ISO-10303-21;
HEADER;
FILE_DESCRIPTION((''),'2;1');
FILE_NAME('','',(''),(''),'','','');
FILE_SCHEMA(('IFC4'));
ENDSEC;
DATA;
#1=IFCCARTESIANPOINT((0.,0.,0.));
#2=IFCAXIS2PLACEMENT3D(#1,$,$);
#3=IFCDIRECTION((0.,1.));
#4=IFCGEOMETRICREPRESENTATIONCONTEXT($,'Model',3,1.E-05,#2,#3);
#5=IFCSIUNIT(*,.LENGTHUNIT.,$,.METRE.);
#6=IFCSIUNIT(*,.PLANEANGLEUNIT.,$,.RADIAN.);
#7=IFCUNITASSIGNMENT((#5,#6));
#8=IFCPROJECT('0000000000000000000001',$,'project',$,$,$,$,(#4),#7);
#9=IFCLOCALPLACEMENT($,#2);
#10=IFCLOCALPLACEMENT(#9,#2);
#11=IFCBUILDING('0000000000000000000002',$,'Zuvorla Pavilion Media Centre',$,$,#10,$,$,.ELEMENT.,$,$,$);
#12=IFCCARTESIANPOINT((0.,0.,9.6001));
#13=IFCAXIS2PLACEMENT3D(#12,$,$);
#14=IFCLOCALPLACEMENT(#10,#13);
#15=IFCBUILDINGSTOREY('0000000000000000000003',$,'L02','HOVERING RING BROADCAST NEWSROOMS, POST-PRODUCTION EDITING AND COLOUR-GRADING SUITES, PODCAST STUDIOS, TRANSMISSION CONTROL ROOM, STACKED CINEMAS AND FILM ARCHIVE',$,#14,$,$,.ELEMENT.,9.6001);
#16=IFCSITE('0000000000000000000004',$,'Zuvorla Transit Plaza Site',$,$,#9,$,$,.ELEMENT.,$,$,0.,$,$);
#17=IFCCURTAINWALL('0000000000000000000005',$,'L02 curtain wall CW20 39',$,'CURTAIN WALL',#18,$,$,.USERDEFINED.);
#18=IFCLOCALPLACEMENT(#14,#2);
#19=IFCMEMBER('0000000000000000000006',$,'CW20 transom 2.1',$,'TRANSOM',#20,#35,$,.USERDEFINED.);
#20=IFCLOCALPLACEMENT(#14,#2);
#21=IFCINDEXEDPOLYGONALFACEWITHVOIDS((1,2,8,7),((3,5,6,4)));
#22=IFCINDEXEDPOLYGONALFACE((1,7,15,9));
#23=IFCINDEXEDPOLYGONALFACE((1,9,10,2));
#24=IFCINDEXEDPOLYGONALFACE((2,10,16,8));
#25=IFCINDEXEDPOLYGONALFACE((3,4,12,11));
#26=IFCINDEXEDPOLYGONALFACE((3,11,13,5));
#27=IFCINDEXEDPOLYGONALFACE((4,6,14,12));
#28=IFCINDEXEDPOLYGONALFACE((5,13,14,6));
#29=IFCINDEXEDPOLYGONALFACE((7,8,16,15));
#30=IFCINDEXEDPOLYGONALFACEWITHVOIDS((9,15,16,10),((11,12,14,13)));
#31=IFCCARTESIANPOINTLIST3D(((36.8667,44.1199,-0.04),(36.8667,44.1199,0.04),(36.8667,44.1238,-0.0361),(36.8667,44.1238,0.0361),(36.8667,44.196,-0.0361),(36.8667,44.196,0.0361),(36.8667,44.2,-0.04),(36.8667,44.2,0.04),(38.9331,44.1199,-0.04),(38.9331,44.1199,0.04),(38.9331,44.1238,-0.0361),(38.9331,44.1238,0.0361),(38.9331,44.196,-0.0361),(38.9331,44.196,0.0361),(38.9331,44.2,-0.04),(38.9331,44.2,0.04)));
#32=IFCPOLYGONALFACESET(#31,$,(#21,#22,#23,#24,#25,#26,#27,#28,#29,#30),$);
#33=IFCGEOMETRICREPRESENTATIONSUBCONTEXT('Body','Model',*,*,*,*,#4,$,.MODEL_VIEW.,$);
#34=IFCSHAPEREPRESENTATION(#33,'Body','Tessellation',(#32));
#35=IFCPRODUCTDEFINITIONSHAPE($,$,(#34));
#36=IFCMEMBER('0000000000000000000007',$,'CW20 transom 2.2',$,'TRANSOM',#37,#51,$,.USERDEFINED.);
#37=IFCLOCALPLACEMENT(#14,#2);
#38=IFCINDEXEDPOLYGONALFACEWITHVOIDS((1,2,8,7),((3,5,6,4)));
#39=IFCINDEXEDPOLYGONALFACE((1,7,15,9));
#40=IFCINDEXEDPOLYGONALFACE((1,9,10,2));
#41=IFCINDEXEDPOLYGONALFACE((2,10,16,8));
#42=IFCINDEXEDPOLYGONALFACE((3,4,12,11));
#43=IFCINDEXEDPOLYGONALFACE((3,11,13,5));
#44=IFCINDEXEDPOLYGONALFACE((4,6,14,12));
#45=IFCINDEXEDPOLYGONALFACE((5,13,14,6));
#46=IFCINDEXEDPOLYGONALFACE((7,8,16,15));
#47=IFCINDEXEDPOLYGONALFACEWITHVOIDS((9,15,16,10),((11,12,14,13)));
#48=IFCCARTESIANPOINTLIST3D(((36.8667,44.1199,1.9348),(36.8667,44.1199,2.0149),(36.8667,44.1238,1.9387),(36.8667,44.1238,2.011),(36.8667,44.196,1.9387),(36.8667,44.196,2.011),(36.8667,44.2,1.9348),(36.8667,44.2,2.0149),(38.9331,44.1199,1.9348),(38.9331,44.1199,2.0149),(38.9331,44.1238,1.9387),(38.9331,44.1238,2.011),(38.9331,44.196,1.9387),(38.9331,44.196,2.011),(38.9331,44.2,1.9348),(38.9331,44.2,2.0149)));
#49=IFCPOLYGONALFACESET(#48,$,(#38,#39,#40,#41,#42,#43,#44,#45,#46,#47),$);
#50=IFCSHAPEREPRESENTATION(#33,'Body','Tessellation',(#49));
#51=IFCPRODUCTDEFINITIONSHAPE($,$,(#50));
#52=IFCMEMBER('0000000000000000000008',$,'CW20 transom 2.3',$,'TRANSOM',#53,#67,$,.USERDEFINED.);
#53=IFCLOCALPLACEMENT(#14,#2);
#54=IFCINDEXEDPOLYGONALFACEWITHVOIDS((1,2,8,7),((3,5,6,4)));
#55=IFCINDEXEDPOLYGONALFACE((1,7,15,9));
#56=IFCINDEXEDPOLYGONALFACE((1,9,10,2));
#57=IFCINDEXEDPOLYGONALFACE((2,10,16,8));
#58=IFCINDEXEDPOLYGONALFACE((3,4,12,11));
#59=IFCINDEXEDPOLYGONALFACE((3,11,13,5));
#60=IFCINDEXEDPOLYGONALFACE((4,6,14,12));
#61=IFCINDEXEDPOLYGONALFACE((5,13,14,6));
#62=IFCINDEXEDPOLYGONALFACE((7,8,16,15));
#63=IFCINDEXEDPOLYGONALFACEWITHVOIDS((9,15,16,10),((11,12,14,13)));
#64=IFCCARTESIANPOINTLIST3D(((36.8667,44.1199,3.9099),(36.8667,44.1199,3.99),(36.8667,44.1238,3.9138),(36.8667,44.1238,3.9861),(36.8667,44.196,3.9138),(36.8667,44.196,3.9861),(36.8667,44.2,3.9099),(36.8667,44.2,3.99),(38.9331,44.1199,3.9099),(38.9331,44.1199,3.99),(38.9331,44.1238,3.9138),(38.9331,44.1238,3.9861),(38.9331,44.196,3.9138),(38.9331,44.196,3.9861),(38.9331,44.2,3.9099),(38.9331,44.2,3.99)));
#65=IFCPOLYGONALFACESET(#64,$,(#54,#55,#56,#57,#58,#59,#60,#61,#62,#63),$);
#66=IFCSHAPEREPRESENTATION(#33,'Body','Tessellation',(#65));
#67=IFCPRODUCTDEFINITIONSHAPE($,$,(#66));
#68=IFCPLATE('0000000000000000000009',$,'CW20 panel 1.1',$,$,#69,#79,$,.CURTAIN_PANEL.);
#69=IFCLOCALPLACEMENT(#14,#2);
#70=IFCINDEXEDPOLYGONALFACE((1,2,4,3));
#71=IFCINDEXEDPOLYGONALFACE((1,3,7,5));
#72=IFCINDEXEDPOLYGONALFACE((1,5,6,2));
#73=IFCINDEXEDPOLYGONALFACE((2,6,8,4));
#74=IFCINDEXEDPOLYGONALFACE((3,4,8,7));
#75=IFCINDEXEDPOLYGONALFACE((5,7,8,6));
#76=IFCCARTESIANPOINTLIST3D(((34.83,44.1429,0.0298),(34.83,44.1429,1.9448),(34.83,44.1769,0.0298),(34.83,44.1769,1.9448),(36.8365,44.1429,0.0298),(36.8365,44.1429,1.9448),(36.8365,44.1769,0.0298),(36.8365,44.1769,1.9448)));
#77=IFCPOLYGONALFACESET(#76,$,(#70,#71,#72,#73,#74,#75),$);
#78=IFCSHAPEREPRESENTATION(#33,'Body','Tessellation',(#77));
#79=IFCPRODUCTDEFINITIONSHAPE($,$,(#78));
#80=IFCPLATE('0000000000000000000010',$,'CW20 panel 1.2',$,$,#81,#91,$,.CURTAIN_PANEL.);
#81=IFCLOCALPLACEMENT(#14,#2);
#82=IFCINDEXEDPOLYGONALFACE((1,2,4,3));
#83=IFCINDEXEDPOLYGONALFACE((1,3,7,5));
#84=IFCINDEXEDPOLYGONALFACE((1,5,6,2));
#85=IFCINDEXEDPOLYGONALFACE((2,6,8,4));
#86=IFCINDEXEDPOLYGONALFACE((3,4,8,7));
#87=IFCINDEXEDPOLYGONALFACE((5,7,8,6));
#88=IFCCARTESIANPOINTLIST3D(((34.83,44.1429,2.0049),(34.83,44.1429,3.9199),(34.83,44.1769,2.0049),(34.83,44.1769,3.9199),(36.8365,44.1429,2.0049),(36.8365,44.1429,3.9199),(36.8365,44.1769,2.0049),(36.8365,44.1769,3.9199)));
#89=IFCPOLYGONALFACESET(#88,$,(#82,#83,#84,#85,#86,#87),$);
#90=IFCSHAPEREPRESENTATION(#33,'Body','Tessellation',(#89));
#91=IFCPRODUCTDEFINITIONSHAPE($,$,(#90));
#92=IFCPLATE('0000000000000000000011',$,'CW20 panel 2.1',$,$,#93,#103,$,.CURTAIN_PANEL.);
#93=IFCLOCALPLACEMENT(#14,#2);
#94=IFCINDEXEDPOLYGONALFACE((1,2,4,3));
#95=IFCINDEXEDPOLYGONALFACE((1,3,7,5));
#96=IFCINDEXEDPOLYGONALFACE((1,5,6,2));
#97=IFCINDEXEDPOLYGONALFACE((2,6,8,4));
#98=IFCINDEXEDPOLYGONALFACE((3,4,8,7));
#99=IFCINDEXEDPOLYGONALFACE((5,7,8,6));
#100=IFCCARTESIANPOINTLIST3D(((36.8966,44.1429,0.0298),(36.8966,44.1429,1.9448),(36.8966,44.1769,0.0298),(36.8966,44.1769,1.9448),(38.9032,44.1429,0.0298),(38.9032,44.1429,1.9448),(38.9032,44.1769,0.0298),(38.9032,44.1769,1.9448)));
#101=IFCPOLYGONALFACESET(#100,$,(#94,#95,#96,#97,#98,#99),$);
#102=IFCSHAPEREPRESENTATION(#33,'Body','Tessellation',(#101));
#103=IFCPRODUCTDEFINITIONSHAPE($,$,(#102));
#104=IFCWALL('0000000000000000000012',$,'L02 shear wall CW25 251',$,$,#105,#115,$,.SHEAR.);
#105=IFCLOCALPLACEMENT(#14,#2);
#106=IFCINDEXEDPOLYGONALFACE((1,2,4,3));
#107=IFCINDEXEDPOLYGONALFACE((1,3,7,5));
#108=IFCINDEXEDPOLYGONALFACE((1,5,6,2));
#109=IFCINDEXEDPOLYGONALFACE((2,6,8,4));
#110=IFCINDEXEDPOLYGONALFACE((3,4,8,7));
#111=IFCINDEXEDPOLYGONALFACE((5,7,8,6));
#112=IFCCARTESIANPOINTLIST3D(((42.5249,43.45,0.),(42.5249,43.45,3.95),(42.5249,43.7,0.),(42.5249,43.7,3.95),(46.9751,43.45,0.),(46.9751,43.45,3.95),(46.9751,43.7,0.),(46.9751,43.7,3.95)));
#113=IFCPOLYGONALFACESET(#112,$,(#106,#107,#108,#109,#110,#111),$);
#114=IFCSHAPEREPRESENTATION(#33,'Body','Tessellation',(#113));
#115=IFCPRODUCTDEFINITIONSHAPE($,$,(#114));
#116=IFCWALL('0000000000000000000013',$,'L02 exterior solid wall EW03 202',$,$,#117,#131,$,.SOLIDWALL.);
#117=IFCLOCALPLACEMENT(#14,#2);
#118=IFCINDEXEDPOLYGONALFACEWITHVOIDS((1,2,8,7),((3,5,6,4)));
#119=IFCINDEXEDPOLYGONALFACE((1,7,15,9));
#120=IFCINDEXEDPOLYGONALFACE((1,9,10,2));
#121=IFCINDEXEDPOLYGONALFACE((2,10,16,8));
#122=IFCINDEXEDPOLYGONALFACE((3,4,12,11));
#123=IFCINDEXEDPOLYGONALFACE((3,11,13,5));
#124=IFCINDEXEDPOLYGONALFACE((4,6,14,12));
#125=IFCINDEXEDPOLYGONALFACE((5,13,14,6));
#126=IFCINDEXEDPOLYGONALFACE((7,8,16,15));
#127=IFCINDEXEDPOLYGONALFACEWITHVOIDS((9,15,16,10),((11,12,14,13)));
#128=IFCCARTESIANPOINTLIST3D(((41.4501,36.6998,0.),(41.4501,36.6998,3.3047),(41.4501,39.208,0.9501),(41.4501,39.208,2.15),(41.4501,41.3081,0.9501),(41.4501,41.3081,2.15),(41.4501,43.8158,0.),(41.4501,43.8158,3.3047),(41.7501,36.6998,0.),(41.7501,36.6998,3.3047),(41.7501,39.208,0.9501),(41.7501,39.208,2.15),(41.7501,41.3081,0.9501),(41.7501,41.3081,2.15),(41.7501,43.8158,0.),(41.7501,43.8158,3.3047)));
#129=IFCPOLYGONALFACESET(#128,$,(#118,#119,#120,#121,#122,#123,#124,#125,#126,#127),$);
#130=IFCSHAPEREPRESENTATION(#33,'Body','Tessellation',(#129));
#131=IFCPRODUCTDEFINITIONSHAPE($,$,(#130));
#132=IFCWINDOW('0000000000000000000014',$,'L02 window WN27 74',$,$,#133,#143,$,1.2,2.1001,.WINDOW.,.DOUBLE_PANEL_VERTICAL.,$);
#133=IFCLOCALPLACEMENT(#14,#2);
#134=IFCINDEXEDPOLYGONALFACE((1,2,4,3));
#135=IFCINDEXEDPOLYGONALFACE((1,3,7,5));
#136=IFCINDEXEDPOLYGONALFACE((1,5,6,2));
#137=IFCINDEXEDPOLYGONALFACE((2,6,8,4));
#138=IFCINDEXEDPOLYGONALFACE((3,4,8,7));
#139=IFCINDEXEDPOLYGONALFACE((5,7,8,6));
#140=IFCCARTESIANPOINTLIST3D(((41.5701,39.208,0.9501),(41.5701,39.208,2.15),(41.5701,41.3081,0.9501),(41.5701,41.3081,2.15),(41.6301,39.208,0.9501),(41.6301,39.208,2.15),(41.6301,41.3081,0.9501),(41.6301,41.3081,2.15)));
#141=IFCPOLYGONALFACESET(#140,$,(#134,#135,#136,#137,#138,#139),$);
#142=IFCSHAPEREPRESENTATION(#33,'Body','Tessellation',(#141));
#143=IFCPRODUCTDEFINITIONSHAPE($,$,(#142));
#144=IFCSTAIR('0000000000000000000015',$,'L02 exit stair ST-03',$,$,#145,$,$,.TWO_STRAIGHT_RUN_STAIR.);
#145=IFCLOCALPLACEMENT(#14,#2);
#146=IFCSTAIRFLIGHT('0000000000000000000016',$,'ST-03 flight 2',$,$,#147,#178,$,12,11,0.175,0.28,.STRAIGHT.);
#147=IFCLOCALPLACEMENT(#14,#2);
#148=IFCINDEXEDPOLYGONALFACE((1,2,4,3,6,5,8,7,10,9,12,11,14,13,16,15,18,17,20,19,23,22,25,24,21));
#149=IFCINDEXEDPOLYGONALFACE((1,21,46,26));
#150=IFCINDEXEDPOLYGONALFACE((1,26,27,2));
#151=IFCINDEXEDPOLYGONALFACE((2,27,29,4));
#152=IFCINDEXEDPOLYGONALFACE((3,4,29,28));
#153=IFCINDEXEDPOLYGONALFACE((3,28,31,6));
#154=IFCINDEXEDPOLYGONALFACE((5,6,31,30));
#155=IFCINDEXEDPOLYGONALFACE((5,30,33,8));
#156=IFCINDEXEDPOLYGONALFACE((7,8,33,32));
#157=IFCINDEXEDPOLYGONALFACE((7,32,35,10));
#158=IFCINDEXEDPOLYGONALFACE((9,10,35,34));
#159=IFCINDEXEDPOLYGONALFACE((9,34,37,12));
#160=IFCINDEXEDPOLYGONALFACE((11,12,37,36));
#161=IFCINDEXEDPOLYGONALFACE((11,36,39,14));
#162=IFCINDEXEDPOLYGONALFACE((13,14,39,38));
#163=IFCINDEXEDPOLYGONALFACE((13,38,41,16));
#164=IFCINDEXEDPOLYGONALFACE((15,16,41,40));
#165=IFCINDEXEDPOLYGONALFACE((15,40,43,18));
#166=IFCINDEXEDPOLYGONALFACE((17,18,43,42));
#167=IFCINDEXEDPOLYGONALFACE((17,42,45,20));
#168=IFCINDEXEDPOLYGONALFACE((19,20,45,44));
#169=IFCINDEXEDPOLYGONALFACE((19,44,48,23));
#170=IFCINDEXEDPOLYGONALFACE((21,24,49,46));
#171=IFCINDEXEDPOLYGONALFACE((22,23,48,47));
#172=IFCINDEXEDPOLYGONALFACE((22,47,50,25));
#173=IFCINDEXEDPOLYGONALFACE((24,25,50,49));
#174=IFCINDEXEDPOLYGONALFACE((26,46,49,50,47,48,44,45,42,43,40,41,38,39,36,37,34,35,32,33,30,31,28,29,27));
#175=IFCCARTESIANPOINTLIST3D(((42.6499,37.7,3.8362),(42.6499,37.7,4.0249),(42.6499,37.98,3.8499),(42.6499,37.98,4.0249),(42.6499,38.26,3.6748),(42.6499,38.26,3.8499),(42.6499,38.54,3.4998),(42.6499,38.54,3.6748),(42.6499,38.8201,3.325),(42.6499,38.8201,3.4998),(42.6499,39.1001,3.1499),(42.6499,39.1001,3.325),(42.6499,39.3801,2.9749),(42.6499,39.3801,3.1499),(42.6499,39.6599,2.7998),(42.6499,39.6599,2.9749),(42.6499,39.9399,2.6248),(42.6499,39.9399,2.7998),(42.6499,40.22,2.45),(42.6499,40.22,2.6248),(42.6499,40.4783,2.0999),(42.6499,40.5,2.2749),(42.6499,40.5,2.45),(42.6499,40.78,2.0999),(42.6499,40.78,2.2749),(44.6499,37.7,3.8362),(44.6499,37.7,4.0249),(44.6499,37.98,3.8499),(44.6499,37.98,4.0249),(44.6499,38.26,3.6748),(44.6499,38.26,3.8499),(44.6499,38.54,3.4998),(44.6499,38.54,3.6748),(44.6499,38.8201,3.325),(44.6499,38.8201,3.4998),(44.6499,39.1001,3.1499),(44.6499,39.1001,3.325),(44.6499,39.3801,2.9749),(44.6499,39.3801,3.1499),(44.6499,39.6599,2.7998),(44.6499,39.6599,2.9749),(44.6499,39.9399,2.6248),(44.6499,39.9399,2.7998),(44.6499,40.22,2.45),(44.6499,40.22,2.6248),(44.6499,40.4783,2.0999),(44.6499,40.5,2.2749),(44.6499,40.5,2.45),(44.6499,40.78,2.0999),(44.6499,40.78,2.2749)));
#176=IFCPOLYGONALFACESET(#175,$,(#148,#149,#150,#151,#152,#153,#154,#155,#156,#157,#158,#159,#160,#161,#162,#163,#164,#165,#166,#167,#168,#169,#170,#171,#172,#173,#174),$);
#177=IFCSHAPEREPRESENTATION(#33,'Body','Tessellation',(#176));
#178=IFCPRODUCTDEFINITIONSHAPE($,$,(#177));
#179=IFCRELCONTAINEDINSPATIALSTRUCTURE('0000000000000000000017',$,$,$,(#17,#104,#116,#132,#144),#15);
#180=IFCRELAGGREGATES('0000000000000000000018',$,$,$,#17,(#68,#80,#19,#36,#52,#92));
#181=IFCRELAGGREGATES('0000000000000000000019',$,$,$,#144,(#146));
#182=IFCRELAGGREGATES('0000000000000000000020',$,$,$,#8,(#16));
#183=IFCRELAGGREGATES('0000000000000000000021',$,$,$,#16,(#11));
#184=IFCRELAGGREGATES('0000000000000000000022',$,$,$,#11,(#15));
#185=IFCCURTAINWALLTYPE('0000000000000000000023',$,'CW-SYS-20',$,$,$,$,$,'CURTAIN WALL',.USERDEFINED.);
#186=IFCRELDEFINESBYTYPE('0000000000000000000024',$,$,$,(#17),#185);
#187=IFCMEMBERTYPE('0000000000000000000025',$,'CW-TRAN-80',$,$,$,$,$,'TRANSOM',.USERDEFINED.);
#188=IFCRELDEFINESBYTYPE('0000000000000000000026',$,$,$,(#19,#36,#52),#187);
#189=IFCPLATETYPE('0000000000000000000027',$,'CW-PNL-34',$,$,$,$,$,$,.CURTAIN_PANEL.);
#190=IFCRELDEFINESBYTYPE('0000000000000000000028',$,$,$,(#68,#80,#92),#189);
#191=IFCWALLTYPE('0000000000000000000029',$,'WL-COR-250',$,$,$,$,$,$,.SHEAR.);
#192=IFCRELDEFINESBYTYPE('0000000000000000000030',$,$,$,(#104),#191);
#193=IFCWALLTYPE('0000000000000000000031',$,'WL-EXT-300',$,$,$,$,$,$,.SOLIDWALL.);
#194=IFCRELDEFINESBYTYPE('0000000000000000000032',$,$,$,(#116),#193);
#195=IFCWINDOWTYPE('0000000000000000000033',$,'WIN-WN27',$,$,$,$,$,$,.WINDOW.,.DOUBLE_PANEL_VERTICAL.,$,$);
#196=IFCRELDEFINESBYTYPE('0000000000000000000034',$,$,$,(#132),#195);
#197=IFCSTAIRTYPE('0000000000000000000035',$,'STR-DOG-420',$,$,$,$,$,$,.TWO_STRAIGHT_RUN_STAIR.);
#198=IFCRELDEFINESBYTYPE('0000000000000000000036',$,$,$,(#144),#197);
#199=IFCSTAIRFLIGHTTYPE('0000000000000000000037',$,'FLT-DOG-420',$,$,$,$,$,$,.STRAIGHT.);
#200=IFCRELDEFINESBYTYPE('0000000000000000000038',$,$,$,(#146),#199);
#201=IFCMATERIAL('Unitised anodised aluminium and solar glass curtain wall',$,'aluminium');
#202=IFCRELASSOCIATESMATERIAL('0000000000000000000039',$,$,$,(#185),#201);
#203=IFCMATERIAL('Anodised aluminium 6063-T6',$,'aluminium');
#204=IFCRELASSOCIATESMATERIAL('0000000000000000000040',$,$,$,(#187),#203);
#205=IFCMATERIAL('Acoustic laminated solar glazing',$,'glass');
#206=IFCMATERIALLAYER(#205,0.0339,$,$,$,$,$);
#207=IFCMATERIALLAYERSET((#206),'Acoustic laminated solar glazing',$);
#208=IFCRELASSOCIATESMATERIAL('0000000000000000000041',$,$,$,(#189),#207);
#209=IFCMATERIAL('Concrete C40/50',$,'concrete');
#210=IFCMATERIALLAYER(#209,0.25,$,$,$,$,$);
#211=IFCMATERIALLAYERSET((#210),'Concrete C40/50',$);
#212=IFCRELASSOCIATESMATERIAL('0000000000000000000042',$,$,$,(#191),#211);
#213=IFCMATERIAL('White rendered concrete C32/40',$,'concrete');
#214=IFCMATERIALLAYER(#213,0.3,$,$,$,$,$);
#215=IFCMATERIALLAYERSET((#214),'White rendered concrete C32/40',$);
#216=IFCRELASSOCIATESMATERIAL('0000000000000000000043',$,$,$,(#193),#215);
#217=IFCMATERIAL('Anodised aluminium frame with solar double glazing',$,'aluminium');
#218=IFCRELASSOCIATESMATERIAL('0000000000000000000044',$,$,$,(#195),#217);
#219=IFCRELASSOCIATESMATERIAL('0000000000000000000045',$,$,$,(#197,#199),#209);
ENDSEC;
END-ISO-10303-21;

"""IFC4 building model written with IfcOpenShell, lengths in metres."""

from ifc_helpers import new_model, si_unit, direction, frame, frame_2d, origin, origin_2d, place, context, subcontext, project, spatial, polyline, rectangle, hollow_rectangle, outline, extrude, material, layer, layer_set, material_profile, profile_set, type_object, element, fill, aggregate, save


model = new_model("IFC4")

# Units and contexts
model_context = context("Model", 3, precision=1e-05, world=origin(), true_north=direction((0.0, 1.0)))
body_context = subcontext(model_context, "Body", "Model", "MODEL_VIEW")
ifc_project = project(units=[si_unit("LENGTHUNIT", "METRE"), si_unit("PLANEANGLEUNIT", "RADIAN")], contexts=[model_context])

# Site, building, storey
site_placement = place(None, origin())
site = spatial("IfcSite", under=ifc_project, at=site_placement, Name="Zuvorla Transit Plaza Site", CompositionType="ELEMENT", RefElevation=0.0)
building_placement = place(site_placement, origin())
building = spatial("IfcBuilding", under=site, at=building_placement, Name="Zuvorla Pavilion Media Centre", CompositionType="ELEMENT")
storey_placement = place(building_placement, frame((0.0, 0.0, 9.6001)))
storey = spatial("IfcBuildingStorey", under=building, at=storey_placement, Name="L02", Description="HOVERING RING BROADCAST NEWSROOMS, POST-PRODUCTION EDITING AND COLOUR-GRADING SUITES, PODCAST STUDIOS, TRANSMISSION CONTROL ROOM, STACKED CINEMAS AND FILM ARCHIVE", CompositionType="ELEMENT", Elevation=9.6001)

# Shared definitions
ifc_material_1 = material(Name="Concrete C40/50", Category="concrete")

# Curtain wall, members, plates
ifc_material_2 = material(Name="Unitised anodised aluminium and solar glass curtain wall", Category="aluminium")
curtain_wall_type = type_object("IfcCurtainWallType", Name="CW-SYS-20", ElementType="CURTAIN WALL", PredefinedType="USERDEFINED", material=ifc_material_2)
curtain_wall_placement = place(storey_placement, origin())
curtain_wall = element("IfcCurtainWall", 1, at=curtain_wall_placement, inside=storey, type_object=curtain_wall_type, Name="L02 curtain wall CW20 39", ObjectType="CURTAIN WALL", PredefinedType="USERDEFINED")
ifc_material_3 = material(Name="Anodised aluminium 6063-T6", Category="aluminium")
ifc_material_profile_1 = material_profile(ifc_material_3, hollow_rectangle(XDim=0.0801, YDim=0.0801, WallThickness=0.0039, at=origin_2d()), Name="ALU TRAN 80x80")
ifc_profile_set_1 = profile_set([ifc_material_profile_1], Name="Anodised aluminium 6063-T6")
member_type_1 = type_object("IfcMemberType", Name="CW-TRAN-80", ElementType="TRANSOM", PredefinedType="USERDEFINED", material=ifc_profile_set_1)
member_1_placement = place(storey_placement, frame((36.8667, 44.1599, 0.0), z_axis=(1.0, 0.0, 0.0), x_axis=(0.0, 1.0, 0.0)))
member_1 = element("IfcMember", 2, at=member_1_placement, type_object=member_type_1, Name="CW20 transom 2.1", ObjectType="TRANSOM", PredefinedType="USERDEFINED", context=body_context, shape_type="SweptSolid", body=[
    extrude(hollow_rectangle(XDim=0.0801, YDim=0.0801, WallThickness=0.0039, at=origin_2d()), origin(), (0.0, 0.0, 1.0), 2.0664),
])
member_2_placement = place(storey_placement, frame((36.8667, 44.1599, 1.9749), z_axis=(1.0, 0.0, 0.0), x_axis=(0.0, 1.0, 0.0)))
member_2 = element("IfcMember", 3, at=member_2_placement, type_object=member_type_1, Name="CW20 transom 2.2", ObjectType="TRANSOM", PredefinedType="USERDEFINED", context=body_context, shape_type="SweptSolid", body=[
    extrude(hollow_rectangle(XDim=0.0801, YDim=0.0801, WallThickness=0.0039, at=origin_2d()), origin(), (0.0, 0.0, 1.0), 2.0664),
])
member_3_placement = place(storey_placement, frame((36.8667, 44.1599, 3.95), z_axis=(1.0, 0.0, 0.0), x_axis=(0.0, 1.0, 0.0)))
member_3 = element("IfcMember", 4, at=member_3_placement, type_object=member_type_1, Name="CW20 transom 2.3", ObjectType="TRANSOM", PredefinedType="USERDEFINED", context=body_context, shape_type="SweptSolid", body=[
    extrude(hollow_rectangle(XDim=0.0801, YDim=0.0801, WallThickness=0.0039, at=origin_2d()), origin(), (0.0, 0.0, 1.0), 2.0664),
])
ifc_material_4 = material(Name="Acoustic laminated solar glazing", Category="glass")
ifc_layer_1 = layer(ifc_material_4, 0.0339)
ifc_layer_set_1 = layer_set([ifc_layer_1], Name="Acoustic laminated solar glazing")
plate_type = type_object("IfcPlateType", Name="CW-PNL-34", PredefinedType="CURTAIN_PANEL", material=ifc_layer_set_1)
plate_1_placement = place(storey_placement, frame((35.8333, 44.1599, 0.0298), z_axis=(0.0, 0.0, 1.0), x_axis=(1.0, 0.0, 0.0)))
plate_1 = element("IfcPlate", 5, at=plate_1_placement, type_object=plate_type, Name="CW20 panel 1.1", PredefinedType="CURTAIN_PANEL", context=body_context, shape_type="SweptSolid", body=[
    extrude(rectangle(XDim=2.0066, YDim=0.0339, at=origin_2d()), origin(), (0.0, 0.0, 1.0), 1.915),
])
plate_2_placement = place(storey_placement, frame((35.8333, 44.1599, 2.0049), z_axis=(0.0, 0.0, 1.0), x_axis=(1.0, 0.0, 0.0)))
plate_2 = element("IfcPlate", 6, at=plate_2_placement, type_object=plate_type, Name="CW20 panel 1.2", PredefinedType="CURTAIN_PANEL", context=body_context, shape_type="SweptSolid", body=[
    extrude(rectangle(XDim=2.0066, YDim=0.0339, at=origin_2d()), origin(), (0.0, 0.0, 1.0), 1.915),
])
plate_3_placement = place(storey_placement, frame((37.8999, 44.1599, 0.0298), z_axis=(0.0, 0.0, 1.0), x_axis=(1.0, 0.0, 0.0)))
plate_3 = element("IfcPlate", 7, at=plate_3_placement, type_object=plate_type, Name="CW20 panel 2.1", PredefinedType="CURTAIN_PANEL", context=body_context, shape_type="SweptSolid", body=[
    extrude(rectangle(XDim=2.0066, YDim=0.0339, at=origin_2d()), origin(), (0.0, 0.0, 1.0), 1.915),
])
aggregate(curtain_wall, [plate_1, plate_2, member_1, member_2, member_3, plate_3])

# Wall
ifc_layer_2 = layer(ifc_material_1, 0.25)
ifc_layer_set_2 = layer_set([ifc_layer_2], Name="Concrete C40/50")
wall_type_1 = type_object("IfcWallType", Name="WL-COR-250", PredefinedType="SHEAR", material=ifc_layer_set_2)
wall_1_placement = place(storey_placement, frame((42.5249, 43.575, 0.0), z_axis=(0.0, 0.0, 1.0), x_axis=(1.0, 0.0, 0.0)))
element("IfcWall", 8, at=wall_1_placement, inside=storey, type_object=wall_type_1, Name="L02 shear wall CW25 251", PredefinedType="SHEAR", context=body_context, shape_type="SweptSolid", body=[
    extrude(rectangle(XDim=4.4502, YDim=0.25, at=frame_2d((2.2251, 0.0))), origin(), (0.0, 0.0, 1.0), 3.95),
])

# Wall, opening, window
ifc_material_5 = material(Name="White rendered concrete C32/40", Category="concrete")
ifc_layer_3 = layer(ifc_material_5, 0.3)
ifc_layer_set_3 = layer_set([ifc_layer_3], Name="White rendered concrete C32/40")
wall_type_2 = type_object("IfcWallType", Name="WL-EXT-300", PredefinedType="SOLIDWALL", material=ifc_layer_set_3)
wall_2_placement = place(storey_placement, frame((41.6001, 43.8159, 0.0), z_axis=(0.0, 0.0, 1.0), x_axis=(0.0, -1.0, 0.0)))
wall_2 = element("IfcWall", 9, at=wall_2_placement, inside=storey, type_object=wall_type_2, Name="L02 exterior solid wall EW03 202", PredefinedType="SOLIDWALL", context=body_context, shape_type="SweptSolid", body=[
    extrude(rectangle(XDim=7.116, YDim=0.3, at=frame_2d((3.5581, 0.0))), origin(), (0.0, 0.0, 1.0), 3.3047),
])
opening_placement = place(wall_2_placement, frame((2.5078, 0.0, 0.95)))
opening = element("IfcOpeningElement", 10, at=opening_placement, cuts=wall_2, PredefinedType="OPENING", context=body_context, shape_type="SweptSolid", body=[
    extrude(rectangle(XDim=2.1001, YDim=1.2, at=frame_2d((1.05, 0.6001))), frame((0.0, 0.1599, 0.0), z_axis=(0.0, -1.0, 0.0), x_axis=(1.0, 0.0, 0.0)), (0.0, 0.0, 1.0), 0.3201),
])
ifc_material_6 = material(Name="Anodised aluminium frame with solar double glazing", Category="aluminium")
window_type = type_object("IfcWindowType", Name="WIN-WN27", PartitioningType="DOUBLE_PANEL_VERTICAL", PredefinedType="WINDOW", material=ifc_material_6)
window_placement = place(opening_placement, origin())
window = element("IfcWindow", 11, at=window_placement, inside=storey, type_object=window_type, Name="L02 window WN27 74", OverallHeight=1.2, OverallWidth=2.1001, PartitioningType="DOUBLE_PANEL_VERTICAL", PredefinedType="WINDOW", context=body_context, shape_type="SweptSolid", body=[
    extrude(rectangle(XDim=2.1001, YDim=1.2, at=frame_2d((1.05, 0.6001))), frame((0.0, 0.03, 0.0), z_axis=(0.0, -1.0, 0.0), x_axis=(1.0, 0.0, 0.0)), (0.0, 0.0, 1.0), 0.0601),
])
fill(opening, window)

# Stair, stair flight
stair_type = type_object("IfcStairType", Name="STR-DOG-420", PredefinedType="TWO_STRAIGHT_RUN_STAIR", material=ifc_material_1)
stair_placement = place(storey_placement, origin())
stair = element("IfcStair", 12, at=stair_placement, inside=storey, type_object=stair_type, Name="L02 exit stair ST-03", PredefinedType="TWO_STRAIGHT_RUN_STAIR")
stair_flight_type = type_object("IfcStairFlightType", Name="FLT-DOG-420", PredefinedType="STRAIGHT", material=ifc_material_1)
stair_flight_placement = place(storey_placement, frame((43.6499, 40.78, 2.0999), z_axis=(0.0, 0.0, 1.0), x_axis=(0.0, -1.0, 0.0)))
stair_flight = element("IfcStairFlight", 13, at=stair_flight_placement, type_object=stair_flight_type, Name="ST-03 flight 2", NumberOfRisers=12, NumberOfTreads=11, PredefinedType="STRAIGHT", RiserHeight=0.175, TreadLength=0.28, context=body_context, shape_type="SweptSolid", body=[
    extrude(outline(polyline([(0.0, 0.0), (0.0, 0.175), (0.28, 0.175), (0.28, 0.3501), (0.5601, 0.3501), (0.5601, 0.5249), (0.8401, 0.5249), (0.8401, 0.7), (1.1201, 0.7), (1.1201, 0.875), (1.3999, 0.875), (1.3999, 1.05), (1.6799, 1.05), (1.6799, 1.2251), (1.96, 1.2251), (1.96, 1.3999), (2.24, 1.3999), (2.24, 1.575), (2.52, 1.575), (2.52, 1.75), (2.8, 1.75), (2.8, 1.925), (3.0801, 1.925), (3.0801, 2.1001), (3.0801, 1.7363), (0.3018, 0.0), (0.0, 0.0)])), frame((0.0, 1.0, 0.0), z_axis=(0.0, -1.0, 0.0), x_axis=(1.0, 0.0, 0.0)), (0.0, 0.0, 1.0), 2.0),
])
aggregate(stair, [stair_flight])

save(model, "model.ifc")
